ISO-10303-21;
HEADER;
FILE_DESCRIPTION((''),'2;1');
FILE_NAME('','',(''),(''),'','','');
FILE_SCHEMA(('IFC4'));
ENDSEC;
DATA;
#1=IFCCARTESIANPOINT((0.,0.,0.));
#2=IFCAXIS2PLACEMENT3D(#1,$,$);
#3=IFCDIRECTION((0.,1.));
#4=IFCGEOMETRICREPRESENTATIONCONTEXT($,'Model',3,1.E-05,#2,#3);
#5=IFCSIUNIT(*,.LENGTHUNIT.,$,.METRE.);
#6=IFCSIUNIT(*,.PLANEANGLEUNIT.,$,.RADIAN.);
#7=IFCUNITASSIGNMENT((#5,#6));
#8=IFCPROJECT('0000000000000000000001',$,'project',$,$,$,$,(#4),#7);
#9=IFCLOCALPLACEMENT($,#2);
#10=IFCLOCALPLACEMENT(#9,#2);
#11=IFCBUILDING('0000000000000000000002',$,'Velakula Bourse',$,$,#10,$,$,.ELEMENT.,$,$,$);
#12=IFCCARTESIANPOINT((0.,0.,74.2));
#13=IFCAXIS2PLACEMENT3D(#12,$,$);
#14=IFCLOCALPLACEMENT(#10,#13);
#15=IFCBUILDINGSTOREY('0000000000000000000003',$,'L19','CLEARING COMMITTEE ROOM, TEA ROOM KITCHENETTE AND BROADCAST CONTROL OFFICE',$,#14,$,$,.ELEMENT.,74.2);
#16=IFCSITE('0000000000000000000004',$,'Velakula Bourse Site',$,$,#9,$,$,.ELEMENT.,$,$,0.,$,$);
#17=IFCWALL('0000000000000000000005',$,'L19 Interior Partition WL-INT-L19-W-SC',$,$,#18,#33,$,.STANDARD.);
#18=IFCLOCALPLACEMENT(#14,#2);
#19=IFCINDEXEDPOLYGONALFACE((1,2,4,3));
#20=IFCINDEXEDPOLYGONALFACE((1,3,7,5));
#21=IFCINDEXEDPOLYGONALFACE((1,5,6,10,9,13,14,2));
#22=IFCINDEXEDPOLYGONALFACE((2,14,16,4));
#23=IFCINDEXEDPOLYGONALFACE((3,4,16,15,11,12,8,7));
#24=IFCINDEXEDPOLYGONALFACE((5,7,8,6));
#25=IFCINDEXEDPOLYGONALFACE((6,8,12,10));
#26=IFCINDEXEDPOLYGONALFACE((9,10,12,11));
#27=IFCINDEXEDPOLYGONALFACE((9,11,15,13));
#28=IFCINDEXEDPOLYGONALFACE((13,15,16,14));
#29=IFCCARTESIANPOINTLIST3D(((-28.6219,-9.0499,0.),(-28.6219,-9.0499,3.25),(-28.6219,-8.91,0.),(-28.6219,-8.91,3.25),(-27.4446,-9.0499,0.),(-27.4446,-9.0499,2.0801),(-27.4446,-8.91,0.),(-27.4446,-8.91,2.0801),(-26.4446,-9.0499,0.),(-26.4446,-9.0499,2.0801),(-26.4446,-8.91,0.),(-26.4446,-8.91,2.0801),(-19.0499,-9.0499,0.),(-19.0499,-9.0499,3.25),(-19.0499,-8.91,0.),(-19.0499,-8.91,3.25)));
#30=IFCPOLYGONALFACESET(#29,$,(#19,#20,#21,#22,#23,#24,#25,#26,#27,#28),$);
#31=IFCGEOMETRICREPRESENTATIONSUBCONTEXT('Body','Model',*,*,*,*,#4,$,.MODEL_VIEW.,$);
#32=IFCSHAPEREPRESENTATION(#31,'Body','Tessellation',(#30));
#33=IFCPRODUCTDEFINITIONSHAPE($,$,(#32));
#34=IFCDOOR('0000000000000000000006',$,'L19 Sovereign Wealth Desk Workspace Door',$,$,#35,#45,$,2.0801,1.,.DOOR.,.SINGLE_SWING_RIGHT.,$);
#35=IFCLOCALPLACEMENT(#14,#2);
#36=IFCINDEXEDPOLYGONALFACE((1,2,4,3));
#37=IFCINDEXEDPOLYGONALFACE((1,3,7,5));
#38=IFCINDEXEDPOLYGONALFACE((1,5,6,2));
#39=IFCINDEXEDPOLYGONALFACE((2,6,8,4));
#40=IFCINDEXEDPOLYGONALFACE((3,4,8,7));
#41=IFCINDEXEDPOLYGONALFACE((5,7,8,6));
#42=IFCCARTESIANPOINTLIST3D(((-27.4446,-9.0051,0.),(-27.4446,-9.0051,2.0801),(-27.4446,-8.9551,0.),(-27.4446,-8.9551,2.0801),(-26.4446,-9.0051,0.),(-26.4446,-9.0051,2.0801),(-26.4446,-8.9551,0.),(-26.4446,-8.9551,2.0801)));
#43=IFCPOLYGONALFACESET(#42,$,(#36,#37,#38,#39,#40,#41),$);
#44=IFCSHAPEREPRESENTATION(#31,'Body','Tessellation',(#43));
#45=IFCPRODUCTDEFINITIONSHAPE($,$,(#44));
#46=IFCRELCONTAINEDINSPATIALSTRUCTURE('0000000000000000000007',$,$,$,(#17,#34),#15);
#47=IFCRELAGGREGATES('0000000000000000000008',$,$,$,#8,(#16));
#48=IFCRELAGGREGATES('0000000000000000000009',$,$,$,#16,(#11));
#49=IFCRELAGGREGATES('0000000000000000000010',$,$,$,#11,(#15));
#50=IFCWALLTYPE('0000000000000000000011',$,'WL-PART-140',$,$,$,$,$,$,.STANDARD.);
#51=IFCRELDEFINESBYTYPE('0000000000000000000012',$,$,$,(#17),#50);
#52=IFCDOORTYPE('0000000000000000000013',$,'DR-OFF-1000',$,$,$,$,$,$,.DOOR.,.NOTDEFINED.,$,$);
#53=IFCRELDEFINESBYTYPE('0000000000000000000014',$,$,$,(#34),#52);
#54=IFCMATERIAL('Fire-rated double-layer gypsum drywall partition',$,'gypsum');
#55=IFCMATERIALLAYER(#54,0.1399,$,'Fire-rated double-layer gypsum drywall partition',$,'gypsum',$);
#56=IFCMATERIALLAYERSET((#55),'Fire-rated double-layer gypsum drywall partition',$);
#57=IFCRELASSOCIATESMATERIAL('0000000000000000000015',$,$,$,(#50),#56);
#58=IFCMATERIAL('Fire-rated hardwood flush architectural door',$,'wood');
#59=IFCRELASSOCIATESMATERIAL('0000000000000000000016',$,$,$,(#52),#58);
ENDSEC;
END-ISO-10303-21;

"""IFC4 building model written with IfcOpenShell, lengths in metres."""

from ifc_helpers import new_model, si_unit, direction, frame, frame_2d, origin, place, context, subcontext, project, spatial, rectangle, extrude, material, layer, layer_set, type_object, element, fill, save


model = new_model("IFC4")

# Units and contexts
model_context = context("Model", 3, precision=1e-05, world=origin(), true_north=direction((0.0, 1.0)))
body_context = subcontext(model_context, "Body", "Model", "MODEL_VIEW")
ifc_project = project(units=[si_unit("LENGTHUNIT", "METRE"), si_unit("PLANEANGLEUNIT", "RADIAN")], contexts=[model_context])

# Site, building, storey
site_placement = place(None, origin())
site = spatial("IfcSite", under=ifc_project, at=site_placement, Name="Velakula Bourse Site", CompositionType="ELEMENT", RefElevation=0.0)
building_placement = place(site_placement, origin())
building = spatial("IfcBuilding", under=site, at=building_placement, Name="Velakula Bourse", CompositionType="ELEMENT")
storey_placement = place(building_placement, frame((0.0, 0.0, 74.2)))
storey = spatial("IfcBuildingStorey", under=building, at=storey_placement, Name="L19", Description="CLEARING COMMITTEE ROOM, TEA ROOM KITCHENETTE AND BROADCAST CONTROL OFFICE", CompositionType="ELEMENT", Elevation=74.2)

# Shared definitions
ifc_material_1 = material(Name="Fire-rated double-layer gypsum drywall partition", Category="gypsum")
ifc_layer_1 = layer(ifc_material_1, 0.1399, Name="Fire-rated double-layer gypsum drywall partition", Category="gypsum")
ifc_layer_set_1 = layer_set([ifc_layer_1], Name="Fire-rated double-layer gypsum drywall partition")
wall_type_1 = type_object("IfcWallType", Name="WL-PART-140", PredefinedType="STANDARD", material=ifc_layer_set_1)
ifc_material_2 = material(Name="Fire-rated hardwood flush architectural door", Category="wood")
door_type_1 = type_object("IfcDoorType", Name="DR-OFF-1000", OperationType="NOTDEFINED", PredefinedType="DOOR", material=ifc_material_2)

# Wall, opening, door
wall_1_placement = place(storey_placement, frame((-28.6221, -8.98, 0.0), z_axis=(0.0, 0.0, 1.0), x_axis=(1.0, 0.0, 0.0)))
wall_1 = element("IfcWall", 1, at=wall_1_placement, inside=storey, type_object=wall_type_1, Name="L19 Interior Partition WL-INT-L19-W-SC", PredefinedType="STANDARD", context=body_context, shape_type="SweptSolid", body=[
    extrude(rectangle(XDim=9.572, YDim=0.1399, at=frame_2d((4.7861, 0.0))), origin(), (0.0, 0.0, 1.0), 3.25),
])
opening_1_placement = place(wall_1_placement, frame((1.1775, 0.0, 0.0)))
opening_1 = element("IfcOpeningElement", 2, at=opening_1_placement, cuts=wall_1, PredefinedType="OPENING", context=body_context, shape_type="SweptSolid", body=[
    extrude(rectangle(XDim=1.0, YDim=2.0801, at=frame_2d((0.5, 1.04))), frame((0.0, 0.0798, 0.0), z_axis=(0.0, -1.0, 0.0), x_axis=(1.0, 0.0, 0.0)), (0.0, 0.0, 1.0), 0.1599),
])
door_1_placement = place(opening_1_placement, origin())
door_1 = element("IfcDoor", 3, at=door_1_placement, inside=storey, type_object=door_type_1, Name="L19 Sovereign Wealth Desk Workspace Door", OperationType="SINGLE_SWING_RIGHT", OverallHeight=2.0801, OverallWidth=1.0, PredefinedType="DOOR", context=body_context, shape_type="SweptSolid", body=[
    extrude(rectangle(XDim=1.0, YDim=2.0801, at=frame_2d((0.5, 1.04))), frame((0.0, 0.0249, 0.0), z_axis=(0.0, -1.0, 0.0), x_axis=(1.0, 0.0, 0.0)), (0.0, 0.0, 1.0), 0.05),
])
fill(opening_1, door_1)

save(model, "model.ifc")
